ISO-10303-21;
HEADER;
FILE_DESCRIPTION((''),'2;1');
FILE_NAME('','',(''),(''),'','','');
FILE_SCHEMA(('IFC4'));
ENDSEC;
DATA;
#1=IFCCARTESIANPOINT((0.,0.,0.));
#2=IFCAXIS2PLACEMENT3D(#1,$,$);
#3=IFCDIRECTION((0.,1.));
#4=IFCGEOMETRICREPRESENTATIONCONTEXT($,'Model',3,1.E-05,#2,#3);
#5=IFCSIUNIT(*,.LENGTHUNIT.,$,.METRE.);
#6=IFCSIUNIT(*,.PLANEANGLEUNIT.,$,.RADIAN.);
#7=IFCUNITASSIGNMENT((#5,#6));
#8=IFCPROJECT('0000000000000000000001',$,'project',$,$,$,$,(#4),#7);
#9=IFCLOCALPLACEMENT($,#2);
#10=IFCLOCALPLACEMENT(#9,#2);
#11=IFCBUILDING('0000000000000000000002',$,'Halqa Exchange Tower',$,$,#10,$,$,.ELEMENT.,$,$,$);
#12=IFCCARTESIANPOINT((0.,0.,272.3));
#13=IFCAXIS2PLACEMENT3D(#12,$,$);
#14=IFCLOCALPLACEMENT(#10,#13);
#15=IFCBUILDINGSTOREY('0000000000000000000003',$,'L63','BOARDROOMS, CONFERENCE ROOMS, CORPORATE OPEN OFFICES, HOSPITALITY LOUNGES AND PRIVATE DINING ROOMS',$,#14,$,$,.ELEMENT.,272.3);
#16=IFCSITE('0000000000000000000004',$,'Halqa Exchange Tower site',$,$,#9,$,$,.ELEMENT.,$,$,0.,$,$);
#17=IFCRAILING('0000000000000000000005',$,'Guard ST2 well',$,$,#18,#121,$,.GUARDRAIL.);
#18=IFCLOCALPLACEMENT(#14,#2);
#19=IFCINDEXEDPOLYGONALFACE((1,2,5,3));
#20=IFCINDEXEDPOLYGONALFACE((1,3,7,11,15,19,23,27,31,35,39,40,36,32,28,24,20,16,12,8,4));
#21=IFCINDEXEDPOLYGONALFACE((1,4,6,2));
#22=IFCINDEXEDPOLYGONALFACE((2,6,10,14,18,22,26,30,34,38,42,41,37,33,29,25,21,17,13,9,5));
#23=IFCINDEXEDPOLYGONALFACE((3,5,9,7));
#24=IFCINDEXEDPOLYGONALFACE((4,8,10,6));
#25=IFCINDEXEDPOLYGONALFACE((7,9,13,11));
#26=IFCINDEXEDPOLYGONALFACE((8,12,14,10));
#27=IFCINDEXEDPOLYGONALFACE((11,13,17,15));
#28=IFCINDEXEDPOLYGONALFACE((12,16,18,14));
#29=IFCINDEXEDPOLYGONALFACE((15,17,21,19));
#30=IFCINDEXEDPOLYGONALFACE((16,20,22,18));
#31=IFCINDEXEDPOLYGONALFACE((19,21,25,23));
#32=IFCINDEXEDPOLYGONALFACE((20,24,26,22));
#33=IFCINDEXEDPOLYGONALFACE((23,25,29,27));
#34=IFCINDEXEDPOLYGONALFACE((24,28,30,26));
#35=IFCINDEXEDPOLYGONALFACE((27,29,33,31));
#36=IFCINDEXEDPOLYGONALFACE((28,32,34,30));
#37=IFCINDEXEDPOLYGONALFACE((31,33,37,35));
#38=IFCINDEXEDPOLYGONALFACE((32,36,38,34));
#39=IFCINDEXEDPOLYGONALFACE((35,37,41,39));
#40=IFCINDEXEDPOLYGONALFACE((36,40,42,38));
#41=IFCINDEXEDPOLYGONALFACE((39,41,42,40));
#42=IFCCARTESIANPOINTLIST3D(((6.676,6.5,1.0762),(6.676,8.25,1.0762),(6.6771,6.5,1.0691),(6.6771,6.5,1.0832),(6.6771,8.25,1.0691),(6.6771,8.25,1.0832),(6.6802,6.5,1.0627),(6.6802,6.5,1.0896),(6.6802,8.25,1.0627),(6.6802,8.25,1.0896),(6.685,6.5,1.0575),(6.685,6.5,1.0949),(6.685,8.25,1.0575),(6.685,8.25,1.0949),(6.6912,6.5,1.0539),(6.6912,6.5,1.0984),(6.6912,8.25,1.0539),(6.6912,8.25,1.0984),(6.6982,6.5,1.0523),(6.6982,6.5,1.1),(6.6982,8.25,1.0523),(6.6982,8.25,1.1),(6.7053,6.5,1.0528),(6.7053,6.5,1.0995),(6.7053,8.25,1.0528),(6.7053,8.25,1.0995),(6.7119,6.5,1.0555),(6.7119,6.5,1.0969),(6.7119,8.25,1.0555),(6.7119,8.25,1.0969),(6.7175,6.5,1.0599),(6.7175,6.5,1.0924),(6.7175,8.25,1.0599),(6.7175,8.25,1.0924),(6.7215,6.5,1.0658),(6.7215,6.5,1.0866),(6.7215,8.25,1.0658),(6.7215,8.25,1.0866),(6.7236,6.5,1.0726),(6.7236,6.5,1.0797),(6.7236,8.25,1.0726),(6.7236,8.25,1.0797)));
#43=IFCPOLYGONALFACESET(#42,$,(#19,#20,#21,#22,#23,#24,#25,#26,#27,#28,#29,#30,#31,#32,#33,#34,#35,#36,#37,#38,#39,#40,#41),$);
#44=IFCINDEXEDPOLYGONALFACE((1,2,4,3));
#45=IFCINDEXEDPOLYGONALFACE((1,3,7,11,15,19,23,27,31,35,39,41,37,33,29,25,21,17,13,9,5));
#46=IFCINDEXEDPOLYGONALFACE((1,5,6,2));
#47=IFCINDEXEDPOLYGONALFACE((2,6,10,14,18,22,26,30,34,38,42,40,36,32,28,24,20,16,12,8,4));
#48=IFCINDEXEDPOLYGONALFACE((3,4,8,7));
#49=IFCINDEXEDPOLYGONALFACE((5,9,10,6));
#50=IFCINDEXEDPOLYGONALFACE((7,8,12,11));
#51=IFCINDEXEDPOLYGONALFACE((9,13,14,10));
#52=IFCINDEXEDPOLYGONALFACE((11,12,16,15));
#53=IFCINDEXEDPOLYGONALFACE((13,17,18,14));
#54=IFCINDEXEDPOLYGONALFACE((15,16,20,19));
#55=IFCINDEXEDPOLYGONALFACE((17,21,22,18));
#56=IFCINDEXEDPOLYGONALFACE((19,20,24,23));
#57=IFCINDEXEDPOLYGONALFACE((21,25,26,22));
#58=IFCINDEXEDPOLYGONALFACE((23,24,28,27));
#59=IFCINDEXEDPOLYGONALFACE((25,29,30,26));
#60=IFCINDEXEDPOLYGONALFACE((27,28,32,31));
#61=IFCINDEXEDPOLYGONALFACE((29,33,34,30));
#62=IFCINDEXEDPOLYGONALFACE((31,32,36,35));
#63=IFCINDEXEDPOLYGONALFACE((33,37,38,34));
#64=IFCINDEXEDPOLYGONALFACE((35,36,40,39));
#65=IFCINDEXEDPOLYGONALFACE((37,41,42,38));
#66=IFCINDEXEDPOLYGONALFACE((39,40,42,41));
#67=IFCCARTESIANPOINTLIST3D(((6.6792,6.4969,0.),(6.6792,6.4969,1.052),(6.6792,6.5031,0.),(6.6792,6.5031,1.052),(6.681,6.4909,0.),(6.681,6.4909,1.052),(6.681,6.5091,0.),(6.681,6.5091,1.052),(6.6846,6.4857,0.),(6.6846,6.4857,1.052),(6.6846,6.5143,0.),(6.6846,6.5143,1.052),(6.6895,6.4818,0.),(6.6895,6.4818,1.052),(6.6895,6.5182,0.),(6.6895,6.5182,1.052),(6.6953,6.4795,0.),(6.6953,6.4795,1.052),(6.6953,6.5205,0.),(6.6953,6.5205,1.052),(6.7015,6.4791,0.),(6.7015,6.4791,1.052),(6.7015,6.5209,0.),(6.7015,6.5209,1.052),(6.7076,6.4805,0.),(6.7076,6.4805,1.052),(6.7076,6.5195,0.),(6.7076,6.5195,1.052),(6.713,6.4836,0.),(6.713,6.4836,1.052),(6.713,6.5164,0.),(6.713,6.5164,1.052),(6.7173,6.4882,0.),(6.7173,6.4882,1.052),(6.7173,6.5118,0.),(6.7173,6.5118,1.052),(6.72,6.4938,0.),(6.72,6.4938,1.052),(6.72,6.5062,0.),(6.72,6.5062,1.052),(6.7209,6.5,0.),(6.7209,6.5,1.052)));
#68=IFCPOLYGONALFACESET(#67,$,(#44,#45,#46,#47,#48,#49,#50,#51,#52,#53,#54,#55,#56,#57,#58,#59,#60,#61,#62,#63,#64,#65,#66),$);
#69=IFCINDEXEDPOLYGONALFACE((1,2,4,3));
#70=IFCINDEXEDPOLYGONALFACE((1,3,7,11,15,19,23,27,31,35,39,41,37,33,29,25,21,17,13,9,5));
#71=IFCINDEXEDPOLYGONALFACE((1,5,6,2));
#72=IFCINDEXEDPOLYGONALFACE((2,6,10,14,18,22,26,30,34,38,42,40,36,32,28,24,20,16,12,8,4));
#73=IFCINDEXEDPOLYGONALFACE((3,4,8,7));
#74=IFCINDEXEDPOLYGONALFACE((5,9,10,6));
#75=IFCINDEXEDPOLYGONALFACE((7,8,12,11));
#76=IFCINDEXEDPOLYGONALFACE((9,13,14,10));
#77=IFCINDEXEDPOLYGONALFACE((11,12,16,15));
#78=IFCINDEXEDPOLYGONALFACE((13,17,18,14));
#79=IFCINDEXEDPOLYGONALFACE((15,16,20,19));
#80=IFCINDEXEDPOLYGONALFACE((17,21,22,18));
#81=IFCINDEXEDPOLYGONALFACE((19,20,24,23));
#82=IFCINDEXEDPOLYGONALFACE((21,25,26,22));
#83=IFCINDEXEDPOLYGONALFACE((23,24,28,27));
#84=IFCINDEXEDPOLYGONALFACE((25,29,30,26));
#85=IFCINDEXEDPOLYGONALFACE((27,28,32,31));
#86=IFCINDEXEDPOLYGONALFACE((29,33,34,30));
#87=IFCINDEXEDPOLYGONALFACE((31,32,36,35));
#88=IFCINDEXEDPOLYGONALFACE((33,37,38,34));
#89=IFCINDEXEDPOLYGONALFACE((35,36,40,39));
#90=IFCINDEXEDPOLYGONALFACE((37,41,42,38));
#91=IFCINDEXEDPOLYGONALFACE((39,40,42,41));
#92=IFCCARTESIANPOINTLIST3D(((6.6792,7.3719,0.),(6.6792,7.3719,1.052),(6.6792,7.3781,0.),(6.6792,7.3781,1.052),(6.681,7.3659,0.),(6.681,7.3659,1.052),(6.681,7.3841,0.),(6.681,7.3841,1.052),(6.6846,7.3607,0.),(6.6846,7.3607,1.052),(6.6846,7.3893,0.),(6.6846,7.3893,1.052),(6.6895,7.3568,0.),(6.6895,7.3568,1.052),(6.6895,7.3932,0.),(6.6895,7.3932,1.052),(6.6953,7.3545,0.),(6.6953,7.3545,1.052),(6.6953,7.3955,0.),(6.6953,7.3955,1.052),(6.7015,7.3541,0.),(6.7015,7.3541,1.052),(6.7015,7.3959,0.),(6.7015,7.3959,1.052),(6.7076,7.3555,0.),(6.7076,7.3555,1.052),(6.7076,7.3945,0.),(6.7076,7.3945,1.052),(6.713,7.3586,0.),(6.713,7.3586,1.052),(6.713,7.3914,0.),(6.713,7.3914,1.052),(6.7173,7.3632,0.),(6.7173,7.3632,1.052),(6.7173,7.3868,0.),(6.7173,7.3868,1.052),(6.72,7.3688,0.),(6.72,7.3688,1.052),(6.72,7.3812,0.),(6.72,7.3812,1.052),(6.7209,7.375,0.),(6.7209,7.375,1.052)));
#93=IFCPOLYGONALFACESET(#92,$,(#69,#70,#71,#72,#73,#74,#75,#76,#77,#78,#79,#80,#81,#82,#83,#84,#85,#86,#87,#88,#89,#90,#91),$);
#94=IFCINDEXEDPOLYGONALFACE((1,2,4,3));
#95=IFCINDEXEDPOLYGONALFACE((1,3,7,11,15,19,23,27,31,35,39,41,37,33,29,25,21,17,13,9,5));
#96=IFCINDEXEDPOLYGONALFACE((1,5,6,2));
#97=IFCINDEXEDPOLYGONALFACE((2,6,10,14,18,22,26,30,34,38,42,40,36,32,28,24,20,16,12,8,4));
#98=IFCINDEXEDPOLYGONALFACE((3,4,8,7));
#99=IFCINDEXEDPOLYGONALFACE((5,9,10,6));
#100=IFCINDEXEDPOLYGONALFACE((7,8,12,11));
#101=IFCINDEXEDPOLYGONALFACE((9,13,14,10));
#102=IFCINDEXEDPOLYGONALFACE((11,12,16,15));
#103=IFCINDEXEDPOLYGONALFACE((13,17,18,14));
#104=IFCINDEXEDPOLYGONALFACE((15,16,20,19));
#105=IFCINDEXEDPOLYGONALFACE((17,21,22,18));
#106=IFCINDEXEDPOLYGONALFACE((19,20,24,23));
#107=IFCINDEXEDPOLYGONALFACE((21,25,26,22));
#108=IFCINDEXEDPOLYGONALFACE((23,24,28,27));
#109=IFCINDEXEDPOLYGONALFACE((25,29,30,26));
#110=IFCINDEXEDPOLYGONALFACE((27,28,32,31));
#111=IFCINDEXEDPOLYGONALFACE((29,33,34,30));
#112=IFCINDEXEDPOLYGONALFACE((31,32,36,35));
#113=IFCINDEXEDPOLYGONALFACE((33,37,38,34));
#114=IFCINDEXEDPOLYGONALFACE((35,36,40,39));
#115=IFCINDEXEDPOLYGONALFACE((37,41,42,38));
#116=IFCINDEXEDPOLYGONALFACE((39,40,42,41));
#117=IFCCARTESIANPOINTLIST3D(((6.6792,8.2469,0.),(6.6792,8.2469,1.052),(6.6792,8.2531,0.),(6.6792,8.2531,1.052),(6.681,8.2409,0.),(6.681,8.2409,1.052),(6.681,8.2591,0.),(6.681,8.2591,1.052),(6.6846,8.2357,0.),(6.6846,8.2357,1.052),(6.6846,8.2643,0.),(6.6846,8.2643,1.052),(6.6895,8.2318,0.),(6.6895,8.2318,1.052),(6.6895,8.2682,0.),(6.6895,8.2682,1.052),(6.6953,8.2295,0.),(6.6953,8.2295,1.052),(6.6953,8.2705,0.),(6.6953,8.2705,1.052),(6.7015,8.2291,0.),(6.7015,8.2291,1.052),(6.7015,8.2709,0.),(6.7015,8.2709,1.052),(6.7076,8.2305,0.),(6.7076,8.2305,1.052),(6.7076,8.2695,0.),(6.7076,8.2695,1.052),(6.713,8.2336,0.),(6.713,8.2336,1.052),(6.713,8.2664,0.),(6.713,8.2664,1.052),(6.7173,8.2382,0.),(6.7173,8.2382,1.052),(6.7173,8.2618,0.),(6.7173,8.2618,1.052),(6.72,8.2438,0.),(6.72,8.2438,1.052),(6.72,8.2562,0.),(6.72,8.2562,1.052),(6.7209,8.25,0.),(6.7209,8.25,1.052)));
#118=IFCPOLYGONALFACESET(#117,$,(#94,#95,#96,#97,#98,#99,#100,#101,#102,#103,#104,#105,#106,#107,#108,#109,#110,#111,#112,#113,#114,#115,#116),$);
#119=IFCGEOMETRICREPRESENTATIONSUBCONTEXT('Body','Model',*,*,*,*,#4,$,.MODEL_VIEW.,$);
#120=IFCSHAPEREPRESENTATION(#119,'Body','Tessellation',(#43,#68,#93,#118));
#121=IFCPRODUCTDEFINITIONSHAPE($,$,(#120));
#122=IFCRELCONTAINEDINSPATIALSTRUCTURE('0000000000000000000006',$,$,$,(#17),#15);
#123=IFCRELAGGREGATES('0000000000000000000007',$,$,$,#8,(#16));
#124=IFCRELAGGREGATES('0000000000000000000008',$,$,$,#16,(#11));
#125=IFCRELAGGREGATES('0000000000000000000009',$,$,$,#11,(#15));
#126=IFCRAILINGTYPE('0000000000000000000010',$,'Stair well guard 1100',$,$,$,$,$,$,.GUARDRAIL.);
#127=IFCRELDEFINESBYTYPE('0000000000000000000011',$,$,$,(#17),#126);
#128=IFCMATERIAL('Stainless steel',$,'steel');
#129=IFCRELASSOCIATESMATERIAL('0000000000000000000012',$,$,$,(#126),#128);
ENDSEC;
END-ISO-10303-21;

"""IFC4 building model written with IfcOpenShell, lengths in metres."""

from ifc_helpers import new_model, si_unit, direction, frame, origin, origin_2d, place, context, subcontext, project, spatial, circle, extrude, material, type_object, element, save


model = new_model("IFC4")

# Units and contexts
model_context = context("Model", 3, precision=1e-05, world=origin(), true_north=direction((0.0, 1.0)))
body_context = subcontext(model_context, "Body", "Model", "MODEL_VIEW")
ifc_project = project(units=[si_unit("LENGTHUNIT", "METRE"), si_unit("PLANEANGLEUNIT", "RADIAN")], contexts=[model_context])

# Site, building, storey
site_placement = place(None, origin())
site = spatial("IfcSite", under=ifc_project, at=site_placement, Name="Halqa Exchange Tower site", CompositionType="ELEMENT", RefElevation=0.0)
building_placement = place(site_placement, origin())
building = spatial("IfcBuilding", under=site, at=building_placement, Name="Halqa Exchange Tower", CompositionType="ELEMENT")
storey_placement = place(building_placement, frame((0.0, 0.0, 272.3)))
storey = spatial("IfcBuildingStorey", under=building, at=storey_placement, Name="L63", Description="BOARDROOMS, CONFERENCE ROOMS, CORPORATE OPEN OFFICES, HOSPITALITY LOUNGES AND PRIVATE DINING ROOMS", CompositionType="ELEMENT", Elevation=272.3)

# Railing
ifc_material_1 = material(Name="Stainless steel", Category="steel")
railing_type_1 = type_object("IfcRailingType", Name="Stair well guard 1100", PredefinedType="GUARDRAIL", material=ifc_material_1)
railing_1_placement = place(storey_placement, frame((6.7, 6.5, 0.0)))
element("IfcRailing", 1, at=railing_1_placement, inside=storey, type_object=railing_type_1, Name="Guard ST2 well", PredefinedType="GUARDRAIL", context=body_context, shape_type="SweptSolid", body=[
    extrude(circle(Radius=0.0239, at=origin_2d()), frame((0.0, 0.0, 1.0762), z_axis=(0.0, 1.0, 0.0), x_axis=(-1.0, 0.0, 0.0)), (0.0, 0.0, 1.0), 1.75),
    extrude(circle(Radius=0.021, at=origin_2d()), origin(), (0.0, 0.0, 1.0), 1.052),
    extrude(circle(Radius=0.021, at=origin_2d()), frame((0.0, 0.875, 0.0)), (0.0, 0.0, 1.0), 1.052),
    extrude(circle(Radius=0.021, at=origin_2d()), frame((0.0, 1.75, 0.0)), (0.0, 0.0, 1.0), 1.052),
])

save(model, "model.ifc")
